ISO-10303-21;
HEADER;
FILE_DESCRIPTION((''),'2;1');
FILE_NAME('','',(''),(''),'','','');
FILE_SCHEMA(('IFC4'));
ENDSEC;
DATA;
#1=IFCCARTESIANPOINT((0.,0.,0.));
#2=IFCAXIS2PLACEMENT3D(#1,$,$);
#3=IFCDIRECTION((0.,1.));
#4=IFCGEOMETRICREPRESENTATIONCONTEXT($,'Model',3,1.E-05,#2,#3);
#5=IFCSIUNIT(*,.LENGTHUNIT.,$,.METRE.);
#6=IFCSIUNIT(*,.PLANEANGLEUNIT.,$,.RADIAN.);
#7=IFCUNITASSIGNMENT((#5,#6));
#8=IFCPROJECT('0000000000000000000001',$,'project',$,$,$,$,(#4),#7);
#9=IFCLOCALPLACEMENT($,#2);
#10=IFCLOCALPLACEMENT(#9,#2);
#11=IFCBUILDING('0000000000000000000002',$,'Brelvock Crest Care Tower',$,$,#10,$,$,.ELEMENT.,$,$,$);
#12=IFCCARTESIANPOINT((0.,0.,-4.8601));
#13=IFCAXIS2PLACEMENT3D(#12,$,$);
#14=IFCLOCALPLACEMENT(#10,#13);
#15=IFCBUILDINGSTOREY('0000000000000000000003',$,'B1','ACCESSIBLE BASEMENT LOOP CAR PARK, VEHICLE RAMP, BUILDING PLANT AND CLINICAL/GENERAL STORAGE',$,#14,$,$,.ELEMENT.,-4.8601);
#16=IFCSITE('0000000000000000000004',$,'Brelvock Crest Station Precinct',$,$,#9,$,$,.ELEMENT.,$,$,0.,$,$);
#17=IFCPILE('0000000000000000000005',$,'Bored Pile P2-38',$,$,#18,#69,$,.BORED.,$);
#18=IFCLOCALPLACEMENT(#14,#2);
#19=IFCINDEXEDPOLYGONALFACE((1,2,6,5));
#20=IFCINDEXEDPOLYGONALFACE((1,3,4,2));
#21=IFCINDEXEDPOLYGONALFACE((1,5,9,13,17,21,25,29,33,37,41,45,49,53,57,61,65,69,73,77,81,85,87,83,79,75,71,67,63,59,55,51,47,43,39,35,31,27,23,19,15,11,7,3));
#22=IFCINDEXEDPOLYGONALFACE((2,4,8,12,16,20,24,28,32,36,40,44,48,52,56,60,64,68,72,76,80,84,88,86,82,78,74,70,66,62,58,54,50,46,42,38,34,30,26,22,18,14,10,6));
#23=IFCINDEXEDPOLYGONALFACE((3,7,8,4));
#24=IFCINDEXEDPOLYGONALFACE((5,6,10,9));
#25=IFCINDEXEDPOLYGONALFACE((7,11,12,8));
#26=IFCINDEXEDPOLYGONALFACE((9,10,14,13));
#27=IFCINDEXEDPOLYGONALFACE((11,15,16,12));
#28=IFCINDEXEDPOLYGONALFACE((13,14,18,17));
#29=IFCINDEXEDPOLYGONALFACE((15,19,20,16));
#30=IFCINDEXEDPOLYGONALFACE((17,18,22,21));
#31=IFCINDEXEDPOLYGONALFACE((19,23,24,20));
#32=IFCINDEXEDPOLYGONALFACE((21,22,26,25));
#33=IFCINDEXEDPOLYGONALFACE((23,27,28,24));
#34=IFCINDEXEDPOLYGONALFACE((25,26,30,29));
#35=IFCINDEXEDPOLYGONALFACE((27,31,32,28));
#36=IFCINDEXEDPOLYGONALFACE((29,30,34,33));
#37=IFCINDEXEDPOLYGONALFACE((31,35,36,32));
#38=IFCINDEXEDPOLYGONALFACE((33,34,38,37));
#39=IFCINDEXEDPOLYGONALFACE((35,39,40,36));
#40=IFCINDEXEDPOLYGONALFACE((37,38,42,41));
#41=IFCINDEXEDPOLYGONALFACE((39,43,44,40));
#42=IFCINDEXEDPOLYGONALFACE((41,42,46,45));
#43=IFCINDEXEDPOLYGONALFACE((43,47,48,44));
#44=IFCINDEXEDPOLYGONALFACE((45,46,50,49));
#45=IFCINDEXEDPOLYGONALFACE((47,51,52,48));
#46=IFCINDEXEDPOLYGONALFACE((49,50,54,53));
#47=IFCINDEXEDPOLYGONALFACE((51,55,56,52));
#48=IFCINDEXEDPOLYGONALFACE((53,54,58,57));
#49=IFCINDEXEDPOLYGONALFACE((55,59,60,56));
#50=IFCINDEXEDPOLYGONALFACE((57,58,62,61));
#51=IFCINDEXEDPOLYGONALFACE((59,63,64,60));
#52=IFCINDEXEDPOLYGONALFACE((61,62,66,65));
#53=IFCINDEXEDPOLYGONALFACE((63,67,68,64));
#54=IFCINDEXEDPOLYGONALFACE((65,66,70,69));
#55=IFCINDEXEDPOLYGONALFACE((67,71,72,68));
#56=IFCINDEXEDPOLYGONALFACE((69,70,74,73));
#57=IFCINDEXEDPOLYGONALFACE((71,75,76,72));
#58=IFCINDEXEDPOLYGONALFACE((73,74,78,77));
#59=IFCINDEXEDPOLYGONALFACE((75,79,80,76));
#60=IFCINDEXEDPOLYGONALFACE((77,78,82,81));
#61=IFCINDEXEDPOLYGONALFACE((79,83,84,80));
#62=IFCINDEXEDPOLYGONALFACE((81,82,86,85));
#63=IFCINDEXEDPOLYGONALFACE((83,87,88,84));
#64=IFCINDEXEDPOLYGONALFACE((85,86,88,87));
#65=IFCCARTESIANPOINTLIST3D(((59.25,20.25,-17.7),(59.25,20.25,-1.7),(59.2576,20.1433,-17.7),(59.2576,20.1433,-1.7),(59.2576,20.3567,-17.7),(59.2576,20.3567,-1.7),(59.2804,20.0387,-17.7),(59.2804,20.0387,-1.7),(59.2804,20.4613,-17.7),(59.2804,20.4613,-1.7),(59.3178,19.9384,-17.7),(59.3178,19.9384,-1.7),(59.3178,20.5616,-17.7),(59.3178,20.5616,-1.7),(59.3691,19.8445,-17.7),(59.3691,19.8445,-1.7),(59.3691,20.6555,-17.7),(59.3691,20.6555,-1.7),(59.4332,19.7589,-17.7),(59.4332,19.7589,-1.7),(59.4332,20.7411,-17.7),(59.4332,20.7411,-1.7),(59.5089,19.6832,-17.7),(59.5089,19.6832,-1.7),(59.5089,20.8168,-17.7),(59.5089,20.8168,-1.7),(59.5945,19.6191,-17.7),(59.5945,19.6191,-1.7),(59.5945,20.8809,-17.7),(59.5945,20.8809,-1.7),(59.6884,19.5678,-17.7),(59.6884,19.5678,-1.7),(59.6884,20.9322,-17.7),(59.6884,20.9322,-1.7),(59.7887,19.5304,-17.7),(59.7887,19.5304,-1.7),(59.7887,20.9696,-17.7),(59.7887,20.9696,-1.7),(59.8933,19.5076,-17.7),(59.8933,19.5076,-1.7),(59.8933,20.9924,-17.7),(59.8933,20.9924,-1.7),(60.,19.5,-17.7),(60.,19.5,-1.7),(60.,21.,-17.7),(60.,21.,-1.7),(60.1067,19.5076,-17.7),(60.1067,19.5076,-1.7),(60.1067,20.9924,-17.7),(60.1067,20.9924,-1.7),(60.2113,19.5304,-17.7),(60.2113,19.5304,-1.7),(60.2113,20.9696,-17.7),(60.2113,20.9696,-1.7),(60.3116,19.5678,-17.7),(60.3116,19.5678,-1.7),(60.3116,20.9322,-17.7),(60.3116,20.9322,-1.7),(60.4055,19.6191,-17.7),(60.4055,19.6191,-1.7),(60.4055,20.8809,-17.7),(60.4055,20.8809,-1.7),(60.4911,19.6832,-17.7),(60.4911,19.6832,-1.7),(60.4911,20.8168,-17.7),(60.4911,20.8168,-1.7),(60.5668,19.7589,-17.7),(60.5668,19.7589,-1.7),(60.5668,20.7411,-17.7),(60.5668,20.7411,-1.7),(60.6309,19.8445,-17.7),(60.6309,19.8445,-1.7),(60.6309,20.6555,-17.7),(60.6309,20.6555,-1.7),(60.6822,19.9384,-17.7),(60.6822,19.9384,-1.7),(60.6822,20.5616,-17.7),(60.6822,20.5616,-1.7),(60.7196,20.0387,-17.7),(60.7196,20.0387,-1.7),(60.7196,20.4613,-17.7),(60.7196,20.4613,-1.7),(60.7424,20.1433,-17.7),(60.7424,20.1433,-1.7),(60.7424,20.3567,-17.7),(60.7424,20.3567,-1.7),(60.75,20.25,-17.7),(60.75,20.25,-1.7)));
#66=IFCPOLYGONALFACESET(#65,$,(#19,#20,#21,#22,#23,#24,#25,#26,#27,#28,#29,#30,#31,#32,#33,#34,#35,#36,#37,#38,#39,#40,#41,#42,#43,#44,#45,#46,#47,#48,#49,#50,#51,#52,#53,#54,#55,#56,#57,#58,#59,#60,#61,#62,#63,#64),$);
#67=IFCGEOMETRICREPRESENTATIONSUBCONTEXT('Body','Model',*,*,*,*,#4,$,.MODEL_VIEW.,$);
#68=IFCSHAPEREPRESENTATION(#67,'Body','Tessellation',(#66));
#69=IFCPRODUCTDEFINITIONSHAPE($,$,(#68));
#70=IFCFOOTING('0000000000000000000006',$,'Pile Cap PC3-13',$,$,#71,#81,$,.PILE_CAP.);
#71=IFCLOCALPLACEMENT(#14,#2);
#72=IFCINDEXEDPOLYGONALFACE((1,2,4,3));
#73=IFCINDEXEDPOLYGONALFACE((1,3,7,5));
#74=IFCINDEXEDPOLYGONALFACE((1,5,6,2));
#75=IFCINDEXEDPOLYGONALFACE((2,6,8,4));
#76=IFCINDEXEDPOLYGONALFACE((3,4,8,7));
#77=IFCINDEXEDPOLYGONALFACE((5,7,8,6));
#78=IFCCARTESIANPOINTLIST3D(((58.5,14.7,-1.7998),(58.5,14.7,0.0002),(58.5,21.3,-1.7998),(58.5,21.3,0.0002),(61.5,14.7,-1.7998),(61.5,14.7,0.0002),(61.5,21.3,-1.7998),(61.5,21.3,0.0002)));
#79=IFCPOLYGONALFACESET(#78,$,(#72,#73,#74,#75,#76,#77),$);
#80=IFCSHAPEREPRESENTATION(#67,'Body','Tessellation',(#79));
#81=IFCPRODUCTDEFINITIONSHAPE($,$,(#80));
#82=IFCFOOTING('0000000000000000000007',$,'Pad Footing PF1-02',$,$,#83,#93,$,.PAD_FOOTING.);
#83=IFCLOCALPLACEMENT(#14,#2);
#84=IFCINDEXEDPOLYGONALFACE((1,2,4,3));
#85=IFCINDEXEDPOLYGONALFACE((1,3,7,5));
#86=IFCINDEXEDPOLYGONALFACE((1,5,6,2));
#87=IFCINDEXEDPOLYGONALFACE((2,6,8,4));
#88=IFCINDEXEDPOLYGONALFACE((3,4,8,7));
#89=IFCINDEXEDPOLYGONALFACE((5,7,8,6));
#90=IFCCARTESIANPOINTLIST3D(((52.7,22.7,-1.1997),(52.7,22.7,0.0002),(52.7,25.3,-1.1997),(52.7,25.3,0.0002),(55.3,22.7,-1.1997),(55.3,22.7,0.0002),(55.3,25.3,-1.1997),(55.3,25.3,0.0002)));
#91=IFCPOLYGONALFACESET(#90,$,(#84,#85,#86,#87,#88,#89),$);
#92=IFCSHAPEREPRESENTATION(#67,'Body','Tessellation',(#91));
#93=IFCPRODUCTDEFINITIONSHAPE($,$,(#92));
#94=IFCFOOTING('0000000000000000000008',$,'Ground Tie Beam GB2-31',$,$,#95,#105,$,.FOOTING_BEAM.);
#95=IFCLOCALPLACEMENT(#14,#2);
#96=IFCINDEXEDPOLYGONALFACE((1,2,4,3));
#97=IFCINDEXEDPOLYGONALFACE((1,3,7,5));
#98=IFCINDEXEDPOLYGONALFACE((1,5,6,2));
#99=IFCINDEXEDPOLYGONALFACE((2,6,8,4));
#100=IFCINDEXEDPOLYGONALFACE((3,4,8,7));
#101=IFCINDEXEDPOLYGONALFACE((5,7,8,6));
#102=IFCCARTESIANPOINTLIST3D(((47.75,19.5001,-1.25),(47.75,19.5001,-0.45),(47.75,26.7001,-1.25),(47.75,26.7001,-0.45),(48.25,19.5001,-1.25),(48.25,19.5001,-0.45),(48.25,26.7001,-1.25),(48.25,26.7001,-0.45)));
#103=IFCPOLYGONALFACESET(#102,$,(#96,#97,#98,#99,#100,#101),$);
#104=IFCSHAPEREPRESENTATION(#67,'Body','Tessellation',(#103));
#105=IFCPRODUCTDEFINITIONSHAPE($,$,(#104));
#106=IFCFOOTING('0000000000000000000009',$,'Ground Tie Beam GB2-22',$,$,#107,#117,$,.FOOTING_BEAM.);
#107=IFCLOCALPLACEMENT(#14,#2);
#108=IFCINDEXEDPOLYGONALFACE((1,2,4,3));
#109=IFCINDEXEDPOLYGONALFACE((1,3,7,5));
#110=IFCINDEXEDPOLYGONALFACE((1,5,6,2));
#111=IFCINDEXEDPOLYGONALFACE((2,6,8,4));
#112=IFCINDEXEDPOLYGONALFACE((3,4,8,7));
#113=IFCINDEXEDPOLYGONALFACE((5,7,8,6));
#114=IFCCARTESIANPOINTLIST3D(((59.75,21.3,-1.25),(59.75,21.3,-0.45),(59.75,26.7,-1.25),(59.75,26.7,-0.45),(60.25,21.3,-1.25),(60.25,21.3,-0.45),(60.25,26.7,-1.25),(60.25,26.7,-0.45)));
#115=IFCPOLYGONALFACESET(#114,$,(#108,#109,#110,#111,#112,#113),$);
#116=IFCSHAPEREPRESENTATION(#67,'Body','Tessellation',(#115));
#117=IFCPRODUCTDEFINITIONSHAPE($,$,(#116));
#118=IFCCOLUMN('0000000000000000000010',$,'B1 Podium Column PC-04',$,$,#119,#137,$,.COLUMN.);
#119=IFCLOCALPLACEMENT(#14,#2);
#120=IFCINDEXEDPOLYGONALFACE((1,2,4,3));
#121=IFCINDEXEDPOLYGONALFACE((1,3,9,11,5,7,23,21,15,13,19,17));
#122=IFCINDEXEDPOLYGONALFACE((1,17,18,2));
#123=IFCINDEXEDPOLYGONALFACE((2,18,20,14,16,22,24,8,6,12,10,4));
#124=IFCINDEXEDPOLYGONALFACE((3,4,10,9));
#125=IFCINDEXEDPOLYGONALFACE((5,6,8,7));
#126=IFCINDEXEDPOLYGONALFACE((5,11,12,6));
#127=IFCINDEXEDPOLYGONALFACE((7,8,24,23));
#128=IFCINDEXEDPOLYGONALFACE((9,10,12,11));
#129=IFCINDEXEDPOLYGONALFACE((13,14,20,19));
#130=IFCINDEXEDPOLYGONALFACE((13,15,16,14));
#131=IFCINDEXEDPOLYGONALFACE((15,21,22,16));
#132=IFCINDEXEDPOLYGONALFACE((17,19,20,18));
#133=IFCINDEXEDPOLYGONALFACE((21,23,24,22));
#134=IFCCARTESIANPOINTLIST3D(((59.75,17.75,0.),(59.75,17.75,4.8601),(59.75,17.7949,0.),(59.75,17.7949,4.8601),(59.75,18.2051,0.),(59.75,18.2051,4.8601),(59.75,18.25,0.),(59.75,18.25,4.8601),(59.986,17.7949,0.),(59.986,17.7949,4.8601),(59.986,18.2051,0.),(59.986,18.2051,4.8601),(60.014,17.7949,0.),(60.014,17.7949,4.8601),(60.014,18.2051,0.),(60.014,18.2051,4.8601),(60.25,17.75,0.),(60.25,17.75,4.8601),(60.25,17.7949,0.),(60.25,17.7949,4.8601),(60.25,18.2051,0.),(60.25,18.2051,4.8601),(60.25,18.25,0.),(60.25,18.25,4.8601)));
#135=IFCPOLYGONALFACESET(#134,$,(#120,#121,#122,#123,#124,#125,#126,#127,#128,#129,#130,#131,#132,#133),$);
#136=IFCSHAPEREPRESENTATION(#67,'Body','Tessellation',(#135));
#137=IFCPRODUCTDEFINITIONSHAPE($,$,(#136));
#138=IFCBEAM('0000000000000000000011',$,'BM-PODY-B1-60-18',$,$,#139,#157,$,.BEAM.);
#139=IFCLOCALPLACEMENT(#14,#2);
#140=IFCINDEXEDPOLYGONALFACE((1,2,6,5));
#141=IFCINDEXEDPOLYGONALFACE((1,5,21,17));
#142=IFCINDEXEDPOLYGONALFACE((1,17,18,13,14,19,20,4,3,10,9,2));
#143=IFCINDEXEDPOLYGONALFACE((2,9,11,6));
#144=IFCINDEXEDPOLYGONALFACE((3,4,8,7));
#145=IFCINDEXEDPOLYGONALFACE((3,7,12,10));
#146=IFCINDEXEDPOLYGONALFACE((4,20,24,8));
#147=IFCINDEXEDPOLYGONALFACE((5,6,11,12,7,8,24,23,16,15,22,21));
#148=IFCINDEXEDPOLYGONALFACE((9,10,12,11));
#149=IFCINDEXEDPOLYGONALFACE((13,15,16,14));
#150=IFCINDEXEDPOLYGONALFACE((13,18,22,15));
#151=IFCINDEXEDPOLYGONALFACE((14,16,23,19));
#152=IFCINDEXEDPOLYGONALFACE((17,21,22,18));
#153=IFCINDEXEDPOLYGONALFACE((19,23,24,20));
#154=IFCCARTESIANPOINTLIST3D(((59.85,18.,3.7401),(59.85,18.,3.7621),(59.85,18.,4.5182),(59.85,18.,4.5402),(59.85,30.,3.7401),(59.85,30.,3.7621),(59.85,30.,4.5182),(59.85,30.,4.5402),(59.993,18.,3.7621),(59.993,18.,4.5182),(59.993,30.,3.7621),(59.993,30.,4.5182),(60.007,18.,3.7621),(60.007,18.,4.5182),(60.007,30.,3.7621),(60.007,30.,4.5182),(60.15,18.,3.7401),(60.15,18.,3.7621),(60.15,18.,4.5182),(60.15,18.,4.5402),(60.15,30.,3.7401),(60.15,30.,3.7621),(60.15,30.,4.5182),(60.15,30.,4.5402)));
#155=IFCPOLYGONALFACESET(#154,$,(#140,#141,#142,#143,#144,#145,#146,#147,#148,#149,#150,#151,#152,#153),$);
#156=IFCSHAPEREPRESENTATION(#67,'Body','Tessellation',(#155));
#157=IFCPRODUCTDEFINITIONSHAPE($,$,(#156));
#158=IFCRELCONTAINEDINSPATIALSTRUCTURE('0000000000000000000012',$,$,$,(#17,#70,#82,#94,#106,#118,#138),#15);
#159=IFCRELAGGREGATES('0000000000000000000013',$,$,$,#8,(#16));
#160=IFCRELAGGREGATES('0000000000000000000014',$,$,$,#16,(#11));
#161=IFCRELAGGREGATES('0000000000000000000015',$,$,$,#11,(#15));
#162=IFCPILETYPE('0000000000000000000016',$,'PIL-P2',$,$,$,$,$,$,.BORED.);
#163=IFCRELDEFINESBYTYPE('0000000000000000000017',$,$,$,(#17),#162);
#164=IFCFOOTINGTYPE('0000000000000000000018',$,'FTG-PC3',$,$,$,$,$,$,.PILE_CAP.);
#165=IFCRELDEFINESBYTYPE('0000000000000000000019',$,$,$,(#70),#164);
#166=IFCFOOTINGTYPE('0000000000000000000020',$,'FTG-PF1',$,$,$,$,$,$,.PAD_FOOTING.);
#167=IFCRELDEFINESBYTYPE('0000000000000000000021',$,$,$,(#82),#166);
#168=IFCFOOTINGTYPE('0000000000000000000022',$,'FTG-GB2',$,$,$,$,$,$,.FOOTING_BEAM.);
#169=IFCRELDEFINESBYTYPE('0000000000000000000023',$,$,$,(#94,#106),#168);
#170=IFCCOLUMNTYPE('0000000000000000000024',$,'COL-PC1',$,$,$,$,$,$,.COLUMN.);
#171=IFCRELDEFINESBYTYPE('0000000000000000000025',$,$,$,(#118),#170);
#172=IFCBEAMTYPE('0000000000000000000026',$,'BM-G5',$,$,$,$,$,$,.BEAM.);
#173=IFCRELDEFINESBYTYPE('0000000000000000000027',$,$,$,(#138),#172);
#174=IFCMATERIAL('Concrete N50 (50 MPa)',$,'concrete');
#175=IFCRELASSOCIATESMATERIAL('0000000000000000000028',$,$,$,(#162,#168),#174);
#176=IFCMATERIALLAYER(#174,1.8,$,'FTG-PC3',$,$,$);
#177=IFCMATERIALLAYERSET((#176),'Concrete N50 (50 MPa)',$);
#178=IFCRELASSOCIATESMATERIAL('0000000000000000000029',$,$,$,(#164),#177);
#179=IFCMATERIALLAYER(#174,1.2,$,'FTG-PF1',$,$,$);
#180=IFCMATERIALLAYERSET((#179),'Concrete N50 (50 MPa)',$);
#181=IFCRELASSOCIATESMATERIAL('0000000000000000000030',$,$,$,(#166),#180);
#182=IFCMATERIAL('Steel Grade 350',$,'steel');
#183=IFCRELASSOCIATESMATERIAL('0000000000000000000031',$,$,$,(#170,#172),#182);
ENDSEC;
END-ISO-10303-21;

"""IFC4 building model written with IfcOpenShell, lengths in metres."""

from ifc_helpers import new_model, si_unit, direction, frame, origin, origin_2d, place, context, subcontext, project, spatial, rectangle, circle, i_section, extrude, source, transform, mapped, material, layer, layer_set, material_profile, profile_set, type_object, element, save


model = new_model("IFC4")

# Units and contexts
model_context = context("Model", 3, precision=1e-05, world=origin(), true_north=direction((0.0, 1.0)))
body_context = subcontext(model_context, "Body", "Model", "MODEL_VIEW")
ifc_project = project(units=[si_unit("LENGTHUNIT", "METRE"), si_unit("PLANEANGLEUNIT", "RADIAN")], contexts=[model_context])

# Site, building, storey
site_placement = place(None, origin())
site = spatial("IfcSite", under=ifc_project, at=site_placement, Name="Brelvock Crest Station Precinct", CompositionType="ELEMENT", RefElevation=0.0)
building_placement = place(site_placement, origin())
building = spatial("IfcBuilding", under=site, at=building_placement, Name="Brelvock Crest Care Tower", CompositionType="ELEMENT")
storey_placement = place(building_placement, frame((0.0, 0.0, -4.8601)))
storey = spatial("IfcBuildingStorey", under=building, at=storey_placement, Name="B1", Description="ACCESSIBLE BASEMENT LOOP CAR PARK, VEHICLE RAMP, BUILDING PLANT AND CLINICAL/GENERAL STORAGE", CompositionType="ELEMENT", Elevation=-4.8601)

# Pile
ifc_material_1 = material(Name="Concrete N50 (50 MPa)", Category="concrete")
ifc_material_profile_1 = material_profile(ifc_material_1, circle(Radius=0.75, at=origin_2d()), Name="BORED PILE D1500")
ifc_profile_set_1 = profile_set([ifc_material_profile_1], Name="Concrete N50 (50 MPa)")
pile_type = type_object("IfcPileType", Name="PIL-P2", PredefinedType="BORED", material=ifc_profile_set_1)
shared_shape_1 = source(origin(), body_context, "Body", "SweptSolid", [
    extrude(circle(Radius=0.75, at=origin_2d()), origin(), (0.0, 0.0, 1.0), 16.0),
])
pile_placement = place(storey_placement, frame((60.0, 20.25, -1.7), z_axis=(0.0, 0.0, -1.0), x_axis=(1.0, 0.0, 0.0)))
element("IfcPile", 1, at=pile_placement, inside=storey, type_object=pile_type, Name="Bored Pile P2-38", PredefinedType="BORED", context=body_context, shape_type="MappedRepresentation", body=[
    mapped(shared_shape_1, transform((0.0, 0.0, 0.0), x_axis=(1.0, 0.0, 0.0), y_axis=(0.0, 1.0, 0.0), z_axis=(0.0, 0.0, 1.0), scale=1.0)),
])

# Footings
ifc_layer_1 = layer(ifc_material_1, 1.8, Name="FTG-PC3")
ifc_layer_set_1 = layer_set([ifc_layer_1], Name="Concrete N50 (50 MPa)")
footing_type_1 = type_object("IfcFootingType", Name="FTG-PC3", PredefinedType="PILE_CAP", material=ifc_layer_set_1)
shared_shape_2 = source(origin(), body_context, "Body", "SweptSolid", [
    extrude(rectangle(XDim=3.0, YDim=6.6001, at=origin_2d()), origin(), (0.0, 0.0, 1.0), 1.8),
])
footing_1_placement = place(storey_placement, frame((60.0, 18.0, -1.7998), z_axis=(0.0, 0.0, 1.0), x_axis=(1.0, 0.0, 0.0)))
element("IfcFooting", 2, at=footing_1_placement, inside=storey, type_object=footing_type_1, Name="Pile Cap PC3-13", PredefinedType="PILE_CAP", context=body_context, shape_type="MappedRepresentation", body=[
    mapped(shared_shape_2, transform((0.0, 0.0, 0.0), x_axis=(1.0, 0.0, 0.0), y_axis=(0.0, 1.0, 0.0), z_axis=(0.0, 0.0, 1.0), scale=1.0)),
])
ifc_layer_2 = layer(ifc_material_1, 1.2, Name="FTG-PF1")
ifc_layer_set_2 = layer_set([ifc_layer_2], Name="Concrete N50 (50 MPa)")
footing_type_2 = type_object("IfcFootingType", Name="FTG-PF1", PredefinedType="PAD_FOOTING", material=ifc_layer_set_2)
shared_shape_3 = source(origin(), body_context, "Body", "SweptSolid", [
    extrude(rectangle(XDim=2.6001, YDim=2.6001, at=origin_2d()), origin(), (0.0, 0.0, 1.0), 1.2),
])
footing_2_placement = place(storey_placement, frame((54.0, 24.0, -1.1997), z_axis=(0.0, 0.0, 1.0), x_axis=(1.0, 0.0, 0.0)))
element("IfcFooting", 3, at=footing_2_placement, inside=storey, type_object=footing_type_2, Name="Pad Footing PF1-02", PredefinedType="PAD_FOOTING", context=body_context, shape_type="MappedRepresentation", body=[
    mapped(shared_shape_3, transform((0.0, 0.0, 0.0), x_axis=(1.0, 0.0, 0.0), y_axis=(0.0, 1.0, 0.0), z_axis=(0.0, 0.0, 1.0), scale=1.0)),
])
footing_type_3 = type_object("IfcFootingType", Name="FTG-GB2", PredefinedType="FOOTING_BEAM", material=ifc_material_1)
shared_shape_4 = source(origin(), body_context, "Body", "SweptSolid", [
    extrude(rectangle(XDim=7.2, YDim=0.5, at=origin_2d()), origin(), (0.0, 0.0, 1.0), 0.8),
])
footing_3_placement = place(storey_placement, frame((48.0, 23.1001, -1.25), z_axis=(0.0, 0.0, 1.0), x_axis=(0.0, 1.0, 0.0)))
element("IfcFooting", 4, at=footing_3_placement, inside=storey, type_object=footing_type_3, Name="Ground Tie Beam GB2-31", PredefinedType="FOOTING_BEAM", context=body_context, shape_type="MappedRepresentation", body=[
    mapped(shared_shape_4, transform((0.0, 0.0, 0.0), x_axis=(1.0, 0.0, 0.0), y_axis=(0.0, 1.0, 0.0), z_axis=(0.0, 0.0, 1.0), scale=1.0)),
])
shared_shape_5 = source(origin(), body_context, "Body", "SweptSolid", [
    extrude(rectangle(XDim=5.3999, YDim=0.5, at=origin_2d()), origin(), (0.0, 0.0, 1.0), 0.8),
])
footing_4_placement = place(storey_placement, frame((60.0, 24.0, -1.25), z_axis=(0.0, 0.0, 1.0), x_axis=(0.0, 1.0, 0.0)))
element("IfcFooting", 5, at=footing_4_placement, inside=storey, type_object=footing_type_3, Name="Ground Tie Beam GB2-22", PredefinedType="FOOTING_BEAM", context=body_context, shape_type="MappedRepresentation", body=[
    mapped(shared_shape_5, transform((0.0, 0.0, 0.0), x_axis=(1.0, 0.0, 0.0), y_axis=(0.0, 1.0, 0.0), z_axis=(0.0, 0.0, 1.0), scale=1.0)),
])

# Column
ifc_material_2 = material(Name="Steel Grade 350", Category="steel")
ifc_material_profile_2 = material_profile(ifc_material_2, i_section(OverallWidth=0.5, OverallDepth=0.5, WebThickness=0.0281, FlangeThickness=0.0449, at=origin_2d()), Name="500WC440")
ifc_profile_set_2 = profile_set([ifc_material_profile_2], Name="Steel Grade 350")
column_type = type_object("IfcColumnType", Name="COL-PC1", PredefinedType="COLUMN", material=ifc_profile_set_2)
shared_shape_6 = source(origin(), body_context, "Body", "SweptSolid", [
    extrude(i_section(OverallWidth=0.5, OverallDepth=0.5, WebThickness=0.0281, FlangeThickness=0.0449, at=origin_2d()), origin(), (0.0, 0.0, 1.0), 4.8601),
])
column_placement = place(storey_placement, frame((60.0, 18.0, 0.0), z_axis=(0.0, 0.0, 1.0), x_axis=(1.0, 0.0, 0.0)))
element("IfcColumn", 6, at=column_placement, inside=storey, type_object=column_type, Name="B1 Podium Column PC-04", PredefinedType="COLUMN", context=body_context, shape_type="MappedRepresentation", body=[
    mapped(shared_shape_6, transform((0.0, 0.0, 0.0), x_axis=(1.0, 0.0, 0.0), y_axis=(0.0, 1.0, 0.0), z_axis=(0.0, 0.0, 1.0), scale=1.0)),
])

# Beam
ifc_material_profile_3 = material_profile(ifc_material_2, i_section(OverallWidth=0.3, OverallDepth=0.8, WebThickness=0.0139, FlangeThickness=0.022, at=origin_2d()), Name="800WB192")
ifc_profile_set_3 = profile_set([ifc_material_profile_3], Name="Steel Grade 350")
beam_type_1 = type_object("IfcBeamType", Name="BM-G5", PredefinedType="BEAM", material=ifc_profile_set_3)
shared_shape_7 = source(origin(), body_context, "Body", "SweptSolid", [
    extrude(i_section(OverallWidth=0.3, OverallDepth=0.8, WebThickness=0.0139, FlangeThickness=0.022, at=origin_2d()), origin(), (0.0, 0.0, 1.0), 12.0),
])
beam_placement = place(storey_placement, frame((60.0, 18.0, 4.1401), z_axis=(0.0, 1.0, 0.0), x_axis=(-1.0, 0.0, 0.0)))
element("IfcBeam", 7, at=beam_placement, inside=storey, type_object=beam_type_1, Name="BM-PODY-B1-60-18", PredefinedType="BEAM", context=body_context, shape_type="MappedRepresentation", body=[
    mapped(shared_shape_7, transform((0.0, 0.0, 0.0), x_axis=(1.0, 0.0, 0.0), y_axis=(0.0, 1.0, 0.0), z_axis=(0.0, 0.0, 1.0), scale=1.0)),
])

save(model, "model.ifc")
